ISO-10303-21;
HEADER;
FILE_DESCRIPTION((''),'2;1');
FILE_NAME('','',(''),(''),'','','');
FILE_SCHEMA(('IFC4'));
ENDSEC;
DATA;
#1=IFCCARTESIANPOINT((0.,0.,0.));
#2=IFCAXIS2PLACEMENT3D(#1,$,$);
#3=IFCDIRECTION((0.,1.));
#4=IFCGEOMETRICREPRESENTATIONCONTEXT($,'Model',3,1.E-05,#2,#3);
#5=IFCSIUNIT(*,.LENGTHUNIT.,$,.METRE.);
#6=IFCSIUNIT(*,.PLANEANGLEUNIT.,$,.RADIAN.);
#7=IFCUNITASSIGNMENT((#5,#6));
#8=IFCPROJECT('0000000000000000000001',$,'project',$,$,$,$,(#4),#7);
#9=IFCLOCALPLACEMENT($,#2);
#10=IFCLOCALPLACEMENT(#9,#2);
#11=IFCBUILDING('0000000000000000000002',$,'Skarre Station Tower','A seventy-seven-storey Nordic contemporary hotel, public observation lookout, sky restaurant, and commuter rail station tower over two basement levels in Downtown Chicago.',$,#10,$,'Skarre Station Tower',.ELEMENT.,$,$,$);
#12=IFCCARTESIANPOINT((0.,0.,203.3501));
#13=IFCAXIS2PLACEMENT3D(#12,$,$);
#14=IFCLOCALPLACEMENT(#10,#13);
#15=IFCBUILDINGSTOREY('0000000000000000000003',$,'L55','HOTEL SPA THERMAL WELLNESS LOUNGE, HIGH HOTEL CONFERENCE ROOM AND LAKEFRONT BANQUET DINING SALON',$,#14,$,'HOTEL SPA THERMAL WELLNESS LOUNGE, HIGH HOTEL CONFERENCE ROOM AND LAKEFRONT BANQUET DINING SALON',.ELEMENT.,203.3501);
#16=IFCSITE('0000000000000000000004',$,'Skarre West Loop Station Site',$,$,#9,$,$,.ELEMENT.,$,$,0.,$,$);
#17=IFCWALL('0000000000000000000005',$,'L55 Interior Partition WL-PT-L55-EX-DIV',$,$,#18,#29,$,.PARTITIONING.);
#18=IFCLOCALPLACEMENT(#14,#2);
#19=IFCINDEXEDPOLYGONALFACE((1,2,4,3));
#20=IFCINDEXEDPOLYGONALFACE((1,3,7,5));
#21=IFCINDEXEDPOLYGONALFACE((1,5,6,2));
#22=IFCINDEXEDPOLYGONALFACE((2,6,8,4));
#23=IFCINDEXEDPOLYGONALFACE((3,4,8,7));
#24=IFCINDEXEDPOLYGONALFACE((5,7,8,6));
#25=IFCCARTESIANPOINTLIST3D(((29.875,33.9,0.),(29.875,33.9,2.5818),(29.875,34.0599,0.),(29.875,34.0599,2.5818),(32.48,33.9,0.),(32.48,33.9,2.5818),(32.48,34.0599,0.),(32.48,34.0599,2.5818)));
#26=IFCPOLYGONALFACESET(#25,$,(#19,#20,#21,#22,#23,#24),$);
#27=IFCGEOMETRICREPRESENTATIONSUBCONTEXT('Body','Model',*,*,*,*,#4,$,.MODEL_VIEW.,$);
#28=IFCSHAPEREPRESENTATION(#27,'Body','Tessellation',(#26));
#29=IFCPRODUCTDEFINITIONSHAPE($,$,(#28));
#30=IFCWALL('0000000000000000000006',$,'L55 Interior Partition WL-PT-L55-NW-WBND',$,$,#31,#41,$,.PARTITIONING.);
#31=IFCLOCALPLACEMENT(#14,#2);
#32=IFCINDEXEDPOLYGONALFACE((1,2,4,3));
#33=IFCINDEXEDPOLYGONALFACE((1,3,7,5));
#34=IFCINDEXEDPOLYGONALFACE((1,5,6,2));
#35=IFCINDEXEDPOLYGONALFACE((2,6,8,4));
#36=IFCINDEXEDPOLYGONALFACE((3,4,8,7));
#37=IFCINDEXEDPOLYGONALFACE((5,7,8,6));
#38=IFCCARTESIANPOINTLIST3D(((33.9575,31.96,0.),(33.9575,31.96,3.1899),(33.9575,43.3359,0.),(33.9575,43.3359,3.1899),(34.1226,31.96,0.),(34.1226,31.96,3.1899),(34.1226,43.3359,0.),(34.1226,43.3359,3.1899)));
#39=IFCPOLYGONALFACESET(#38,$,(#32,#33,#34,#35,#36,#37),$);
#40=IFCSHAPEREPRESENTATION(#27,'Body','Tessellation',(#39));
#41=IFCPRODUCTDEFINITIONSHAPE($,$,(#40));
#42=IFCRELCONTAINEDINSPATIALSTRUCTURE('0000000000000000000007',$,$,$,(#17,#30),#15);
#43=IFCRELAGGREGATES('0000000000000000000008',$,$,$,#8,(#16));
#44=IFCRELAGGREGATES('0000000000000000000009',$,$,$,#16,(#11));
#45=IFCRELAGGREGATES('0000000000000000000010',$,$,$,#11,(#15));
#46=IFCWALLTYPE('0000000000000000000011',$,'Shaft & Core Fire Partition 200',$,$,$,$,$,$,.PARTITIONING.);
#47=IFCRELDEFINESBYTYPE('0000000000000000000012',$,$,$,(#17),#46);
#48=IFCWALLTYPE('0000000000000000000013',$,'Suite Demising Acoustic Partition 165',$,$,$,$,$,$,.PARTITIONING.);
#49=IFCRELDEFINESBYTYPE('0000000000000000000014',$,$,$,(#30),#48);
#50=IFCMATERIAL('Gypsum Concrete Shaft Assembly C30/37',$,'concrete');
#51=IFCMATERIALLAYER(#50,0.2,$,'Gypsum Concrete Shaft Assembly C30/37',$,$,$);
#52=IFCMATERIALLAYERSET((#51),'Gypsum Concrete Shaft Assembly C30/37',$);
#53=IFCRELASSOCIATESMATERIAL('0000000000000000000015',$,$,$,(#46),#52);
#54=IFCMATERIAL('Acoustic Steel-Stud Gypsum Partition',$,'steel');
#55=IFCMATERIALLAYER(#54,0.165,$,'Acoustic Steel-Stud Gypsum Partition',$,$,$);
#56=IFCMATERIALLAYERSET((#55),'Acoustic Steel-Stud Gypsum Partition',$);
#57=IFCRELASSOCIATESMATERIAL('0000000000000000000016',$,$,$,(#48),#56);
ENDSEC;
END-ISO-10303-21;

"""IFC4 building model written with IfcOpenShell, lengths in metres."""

from ifc_helpers import new_model, si_unit, direction, frame, frame_2d, origin, place, context, subcontext, project, spatial, rectangle, extrude, material, layer, layer_set, type_object, element, save


model = new_model("IFC4")

# Units and contexts
model_context = context("Model", 3, precision=1e-05, world=origin(), true_north=direction((0.0, 1.0)))
body_context = subcontext(model_context, "Body", "Model", "MODEL_VIEW")
ifc_project = project(units=[si_unit("LENGTHUNIT", "METRE"), si_unit("PLANEANGLEUNIT", "RADIAN")], contexts=[model_context])

# Site, building, storey
site_placement = place(None, origin())
site = spatial("IfcSite", under=ifc_project, at=site_placement, Name="Skarre West Loop Station Site", CompositionType="ELEMENT", RefElevation=0.0)
building_placement = place(site_placement, origin())
building = spatial("IfcBuilding", under=site, at=building_placement, Name="Skarre Station Tower", Description="A seventy-seven-storey Nordic contemporary hotel, public observation lookout, sky restaurant, and commuter rail station tower over two basement levels in Downtown Chicago.", LongName="Skarre Station Tower", CompositionType="ELEMENT")
storey_placement = place(building_placement, frame((0.0, 0.0, 203.3501)))
storey = spatial("IfcBuildingStorey", under=building, at=storey_placement, Name="L55", Description="HOTEL SPA THERMAL WELLNESS LOUNGE, HIGH HOTEL CONFERENCE ROOM AND LAKEFRONT BANQUET DINING SALON", LongName="HOTEL SPA THERMAL WELLNESS LOUNGE, HIGH HOTEL CONFERENCE ROOM AND LAKEFRONT BANQUET DINING SALON", CompositionType="ELEMENT", Elevation=203.3501)

# Shared definitions
ifc_material_1 = material(Name="Acoustic Steel-Stud Gypsum Partition", Category="steel")

# Walls
ifc_material_2 = material(Name="Gypsum Concrete Shaft Assembly C30/37", Category="concrete")
ifc_layer_1 = layer(ifc_material_2, 0.2, Name="Gypsum Concrete Shaft Assembly C30/37")
ifc_layer_set_1 = layer_set([ifc_layer_1], Name="Gypsum Concrete Shaft Assembly C30/37")
wall_type_1 = type_object("IfcWallType", Name="Shaft & Core Fire Partition 200", PredefinedType="PARTITIONING", material=ifc_layer_set_1)
wall_1_placement = place(storey_placement, frame((29.875, 33.98, 0.0), z_axis=(0.0, 0.0, 1.0), x_axis=(1.0, 0.0, 0.0)))
element("IfcWall", 1, at=wall_1_placement, inside=storey, type_object=wall_type_1, Name="L55 Interior Partition WL-PT-L55-EX-DIV", PredefinedType="PARTITIONING", context=body_context, shape_type="SweptSolid", body=[
    extrude(rectangle(XDim=2.605, YDim=0.1599, at=frame_2d((1.3025, 0.0))), origin(), (0.0, 0.0, 1.0), 2.5818),
])
ifc_layer_2 = layer(ifc_material_1, 0.165, Name="Acoustic Steel-Stud Gypsum Partition")
ifc_layer_set_2 = layer_set([ifc_layer_2], Name="Acoustic Steel-Stud Gypsum Partition")
wall_type_2 = type_object("IfcWallType", Name="Suite Demising Acoustic Partition 165", PredefinedType="PARTITIONING", material=ifc_layer_set_2)
wall_2_placement = place(storey_placement, frame((34.04, 31.96, 0.0), z_axis=(0.0, 0.0, 1.0), x_axis=(0.0, 1.0, 0.0)))
element("IfcWall", 2, at=wall_2_placement, inside=storey, type_object=wall_type_2, Name="L55 Interior Partition WL-PT-L55-NW-WBND", PredefinedType="PARTITIONING", context=body_context, shape_type="SweptSolid", body=[
    extrude(rectangle(XDim=11.376, YDim=0.165, at=frame_2d((5.688, 0.0))), origin(), (0.0, 0.0, 1.0), 3.1899),
])

save(model, "model.ifc")
